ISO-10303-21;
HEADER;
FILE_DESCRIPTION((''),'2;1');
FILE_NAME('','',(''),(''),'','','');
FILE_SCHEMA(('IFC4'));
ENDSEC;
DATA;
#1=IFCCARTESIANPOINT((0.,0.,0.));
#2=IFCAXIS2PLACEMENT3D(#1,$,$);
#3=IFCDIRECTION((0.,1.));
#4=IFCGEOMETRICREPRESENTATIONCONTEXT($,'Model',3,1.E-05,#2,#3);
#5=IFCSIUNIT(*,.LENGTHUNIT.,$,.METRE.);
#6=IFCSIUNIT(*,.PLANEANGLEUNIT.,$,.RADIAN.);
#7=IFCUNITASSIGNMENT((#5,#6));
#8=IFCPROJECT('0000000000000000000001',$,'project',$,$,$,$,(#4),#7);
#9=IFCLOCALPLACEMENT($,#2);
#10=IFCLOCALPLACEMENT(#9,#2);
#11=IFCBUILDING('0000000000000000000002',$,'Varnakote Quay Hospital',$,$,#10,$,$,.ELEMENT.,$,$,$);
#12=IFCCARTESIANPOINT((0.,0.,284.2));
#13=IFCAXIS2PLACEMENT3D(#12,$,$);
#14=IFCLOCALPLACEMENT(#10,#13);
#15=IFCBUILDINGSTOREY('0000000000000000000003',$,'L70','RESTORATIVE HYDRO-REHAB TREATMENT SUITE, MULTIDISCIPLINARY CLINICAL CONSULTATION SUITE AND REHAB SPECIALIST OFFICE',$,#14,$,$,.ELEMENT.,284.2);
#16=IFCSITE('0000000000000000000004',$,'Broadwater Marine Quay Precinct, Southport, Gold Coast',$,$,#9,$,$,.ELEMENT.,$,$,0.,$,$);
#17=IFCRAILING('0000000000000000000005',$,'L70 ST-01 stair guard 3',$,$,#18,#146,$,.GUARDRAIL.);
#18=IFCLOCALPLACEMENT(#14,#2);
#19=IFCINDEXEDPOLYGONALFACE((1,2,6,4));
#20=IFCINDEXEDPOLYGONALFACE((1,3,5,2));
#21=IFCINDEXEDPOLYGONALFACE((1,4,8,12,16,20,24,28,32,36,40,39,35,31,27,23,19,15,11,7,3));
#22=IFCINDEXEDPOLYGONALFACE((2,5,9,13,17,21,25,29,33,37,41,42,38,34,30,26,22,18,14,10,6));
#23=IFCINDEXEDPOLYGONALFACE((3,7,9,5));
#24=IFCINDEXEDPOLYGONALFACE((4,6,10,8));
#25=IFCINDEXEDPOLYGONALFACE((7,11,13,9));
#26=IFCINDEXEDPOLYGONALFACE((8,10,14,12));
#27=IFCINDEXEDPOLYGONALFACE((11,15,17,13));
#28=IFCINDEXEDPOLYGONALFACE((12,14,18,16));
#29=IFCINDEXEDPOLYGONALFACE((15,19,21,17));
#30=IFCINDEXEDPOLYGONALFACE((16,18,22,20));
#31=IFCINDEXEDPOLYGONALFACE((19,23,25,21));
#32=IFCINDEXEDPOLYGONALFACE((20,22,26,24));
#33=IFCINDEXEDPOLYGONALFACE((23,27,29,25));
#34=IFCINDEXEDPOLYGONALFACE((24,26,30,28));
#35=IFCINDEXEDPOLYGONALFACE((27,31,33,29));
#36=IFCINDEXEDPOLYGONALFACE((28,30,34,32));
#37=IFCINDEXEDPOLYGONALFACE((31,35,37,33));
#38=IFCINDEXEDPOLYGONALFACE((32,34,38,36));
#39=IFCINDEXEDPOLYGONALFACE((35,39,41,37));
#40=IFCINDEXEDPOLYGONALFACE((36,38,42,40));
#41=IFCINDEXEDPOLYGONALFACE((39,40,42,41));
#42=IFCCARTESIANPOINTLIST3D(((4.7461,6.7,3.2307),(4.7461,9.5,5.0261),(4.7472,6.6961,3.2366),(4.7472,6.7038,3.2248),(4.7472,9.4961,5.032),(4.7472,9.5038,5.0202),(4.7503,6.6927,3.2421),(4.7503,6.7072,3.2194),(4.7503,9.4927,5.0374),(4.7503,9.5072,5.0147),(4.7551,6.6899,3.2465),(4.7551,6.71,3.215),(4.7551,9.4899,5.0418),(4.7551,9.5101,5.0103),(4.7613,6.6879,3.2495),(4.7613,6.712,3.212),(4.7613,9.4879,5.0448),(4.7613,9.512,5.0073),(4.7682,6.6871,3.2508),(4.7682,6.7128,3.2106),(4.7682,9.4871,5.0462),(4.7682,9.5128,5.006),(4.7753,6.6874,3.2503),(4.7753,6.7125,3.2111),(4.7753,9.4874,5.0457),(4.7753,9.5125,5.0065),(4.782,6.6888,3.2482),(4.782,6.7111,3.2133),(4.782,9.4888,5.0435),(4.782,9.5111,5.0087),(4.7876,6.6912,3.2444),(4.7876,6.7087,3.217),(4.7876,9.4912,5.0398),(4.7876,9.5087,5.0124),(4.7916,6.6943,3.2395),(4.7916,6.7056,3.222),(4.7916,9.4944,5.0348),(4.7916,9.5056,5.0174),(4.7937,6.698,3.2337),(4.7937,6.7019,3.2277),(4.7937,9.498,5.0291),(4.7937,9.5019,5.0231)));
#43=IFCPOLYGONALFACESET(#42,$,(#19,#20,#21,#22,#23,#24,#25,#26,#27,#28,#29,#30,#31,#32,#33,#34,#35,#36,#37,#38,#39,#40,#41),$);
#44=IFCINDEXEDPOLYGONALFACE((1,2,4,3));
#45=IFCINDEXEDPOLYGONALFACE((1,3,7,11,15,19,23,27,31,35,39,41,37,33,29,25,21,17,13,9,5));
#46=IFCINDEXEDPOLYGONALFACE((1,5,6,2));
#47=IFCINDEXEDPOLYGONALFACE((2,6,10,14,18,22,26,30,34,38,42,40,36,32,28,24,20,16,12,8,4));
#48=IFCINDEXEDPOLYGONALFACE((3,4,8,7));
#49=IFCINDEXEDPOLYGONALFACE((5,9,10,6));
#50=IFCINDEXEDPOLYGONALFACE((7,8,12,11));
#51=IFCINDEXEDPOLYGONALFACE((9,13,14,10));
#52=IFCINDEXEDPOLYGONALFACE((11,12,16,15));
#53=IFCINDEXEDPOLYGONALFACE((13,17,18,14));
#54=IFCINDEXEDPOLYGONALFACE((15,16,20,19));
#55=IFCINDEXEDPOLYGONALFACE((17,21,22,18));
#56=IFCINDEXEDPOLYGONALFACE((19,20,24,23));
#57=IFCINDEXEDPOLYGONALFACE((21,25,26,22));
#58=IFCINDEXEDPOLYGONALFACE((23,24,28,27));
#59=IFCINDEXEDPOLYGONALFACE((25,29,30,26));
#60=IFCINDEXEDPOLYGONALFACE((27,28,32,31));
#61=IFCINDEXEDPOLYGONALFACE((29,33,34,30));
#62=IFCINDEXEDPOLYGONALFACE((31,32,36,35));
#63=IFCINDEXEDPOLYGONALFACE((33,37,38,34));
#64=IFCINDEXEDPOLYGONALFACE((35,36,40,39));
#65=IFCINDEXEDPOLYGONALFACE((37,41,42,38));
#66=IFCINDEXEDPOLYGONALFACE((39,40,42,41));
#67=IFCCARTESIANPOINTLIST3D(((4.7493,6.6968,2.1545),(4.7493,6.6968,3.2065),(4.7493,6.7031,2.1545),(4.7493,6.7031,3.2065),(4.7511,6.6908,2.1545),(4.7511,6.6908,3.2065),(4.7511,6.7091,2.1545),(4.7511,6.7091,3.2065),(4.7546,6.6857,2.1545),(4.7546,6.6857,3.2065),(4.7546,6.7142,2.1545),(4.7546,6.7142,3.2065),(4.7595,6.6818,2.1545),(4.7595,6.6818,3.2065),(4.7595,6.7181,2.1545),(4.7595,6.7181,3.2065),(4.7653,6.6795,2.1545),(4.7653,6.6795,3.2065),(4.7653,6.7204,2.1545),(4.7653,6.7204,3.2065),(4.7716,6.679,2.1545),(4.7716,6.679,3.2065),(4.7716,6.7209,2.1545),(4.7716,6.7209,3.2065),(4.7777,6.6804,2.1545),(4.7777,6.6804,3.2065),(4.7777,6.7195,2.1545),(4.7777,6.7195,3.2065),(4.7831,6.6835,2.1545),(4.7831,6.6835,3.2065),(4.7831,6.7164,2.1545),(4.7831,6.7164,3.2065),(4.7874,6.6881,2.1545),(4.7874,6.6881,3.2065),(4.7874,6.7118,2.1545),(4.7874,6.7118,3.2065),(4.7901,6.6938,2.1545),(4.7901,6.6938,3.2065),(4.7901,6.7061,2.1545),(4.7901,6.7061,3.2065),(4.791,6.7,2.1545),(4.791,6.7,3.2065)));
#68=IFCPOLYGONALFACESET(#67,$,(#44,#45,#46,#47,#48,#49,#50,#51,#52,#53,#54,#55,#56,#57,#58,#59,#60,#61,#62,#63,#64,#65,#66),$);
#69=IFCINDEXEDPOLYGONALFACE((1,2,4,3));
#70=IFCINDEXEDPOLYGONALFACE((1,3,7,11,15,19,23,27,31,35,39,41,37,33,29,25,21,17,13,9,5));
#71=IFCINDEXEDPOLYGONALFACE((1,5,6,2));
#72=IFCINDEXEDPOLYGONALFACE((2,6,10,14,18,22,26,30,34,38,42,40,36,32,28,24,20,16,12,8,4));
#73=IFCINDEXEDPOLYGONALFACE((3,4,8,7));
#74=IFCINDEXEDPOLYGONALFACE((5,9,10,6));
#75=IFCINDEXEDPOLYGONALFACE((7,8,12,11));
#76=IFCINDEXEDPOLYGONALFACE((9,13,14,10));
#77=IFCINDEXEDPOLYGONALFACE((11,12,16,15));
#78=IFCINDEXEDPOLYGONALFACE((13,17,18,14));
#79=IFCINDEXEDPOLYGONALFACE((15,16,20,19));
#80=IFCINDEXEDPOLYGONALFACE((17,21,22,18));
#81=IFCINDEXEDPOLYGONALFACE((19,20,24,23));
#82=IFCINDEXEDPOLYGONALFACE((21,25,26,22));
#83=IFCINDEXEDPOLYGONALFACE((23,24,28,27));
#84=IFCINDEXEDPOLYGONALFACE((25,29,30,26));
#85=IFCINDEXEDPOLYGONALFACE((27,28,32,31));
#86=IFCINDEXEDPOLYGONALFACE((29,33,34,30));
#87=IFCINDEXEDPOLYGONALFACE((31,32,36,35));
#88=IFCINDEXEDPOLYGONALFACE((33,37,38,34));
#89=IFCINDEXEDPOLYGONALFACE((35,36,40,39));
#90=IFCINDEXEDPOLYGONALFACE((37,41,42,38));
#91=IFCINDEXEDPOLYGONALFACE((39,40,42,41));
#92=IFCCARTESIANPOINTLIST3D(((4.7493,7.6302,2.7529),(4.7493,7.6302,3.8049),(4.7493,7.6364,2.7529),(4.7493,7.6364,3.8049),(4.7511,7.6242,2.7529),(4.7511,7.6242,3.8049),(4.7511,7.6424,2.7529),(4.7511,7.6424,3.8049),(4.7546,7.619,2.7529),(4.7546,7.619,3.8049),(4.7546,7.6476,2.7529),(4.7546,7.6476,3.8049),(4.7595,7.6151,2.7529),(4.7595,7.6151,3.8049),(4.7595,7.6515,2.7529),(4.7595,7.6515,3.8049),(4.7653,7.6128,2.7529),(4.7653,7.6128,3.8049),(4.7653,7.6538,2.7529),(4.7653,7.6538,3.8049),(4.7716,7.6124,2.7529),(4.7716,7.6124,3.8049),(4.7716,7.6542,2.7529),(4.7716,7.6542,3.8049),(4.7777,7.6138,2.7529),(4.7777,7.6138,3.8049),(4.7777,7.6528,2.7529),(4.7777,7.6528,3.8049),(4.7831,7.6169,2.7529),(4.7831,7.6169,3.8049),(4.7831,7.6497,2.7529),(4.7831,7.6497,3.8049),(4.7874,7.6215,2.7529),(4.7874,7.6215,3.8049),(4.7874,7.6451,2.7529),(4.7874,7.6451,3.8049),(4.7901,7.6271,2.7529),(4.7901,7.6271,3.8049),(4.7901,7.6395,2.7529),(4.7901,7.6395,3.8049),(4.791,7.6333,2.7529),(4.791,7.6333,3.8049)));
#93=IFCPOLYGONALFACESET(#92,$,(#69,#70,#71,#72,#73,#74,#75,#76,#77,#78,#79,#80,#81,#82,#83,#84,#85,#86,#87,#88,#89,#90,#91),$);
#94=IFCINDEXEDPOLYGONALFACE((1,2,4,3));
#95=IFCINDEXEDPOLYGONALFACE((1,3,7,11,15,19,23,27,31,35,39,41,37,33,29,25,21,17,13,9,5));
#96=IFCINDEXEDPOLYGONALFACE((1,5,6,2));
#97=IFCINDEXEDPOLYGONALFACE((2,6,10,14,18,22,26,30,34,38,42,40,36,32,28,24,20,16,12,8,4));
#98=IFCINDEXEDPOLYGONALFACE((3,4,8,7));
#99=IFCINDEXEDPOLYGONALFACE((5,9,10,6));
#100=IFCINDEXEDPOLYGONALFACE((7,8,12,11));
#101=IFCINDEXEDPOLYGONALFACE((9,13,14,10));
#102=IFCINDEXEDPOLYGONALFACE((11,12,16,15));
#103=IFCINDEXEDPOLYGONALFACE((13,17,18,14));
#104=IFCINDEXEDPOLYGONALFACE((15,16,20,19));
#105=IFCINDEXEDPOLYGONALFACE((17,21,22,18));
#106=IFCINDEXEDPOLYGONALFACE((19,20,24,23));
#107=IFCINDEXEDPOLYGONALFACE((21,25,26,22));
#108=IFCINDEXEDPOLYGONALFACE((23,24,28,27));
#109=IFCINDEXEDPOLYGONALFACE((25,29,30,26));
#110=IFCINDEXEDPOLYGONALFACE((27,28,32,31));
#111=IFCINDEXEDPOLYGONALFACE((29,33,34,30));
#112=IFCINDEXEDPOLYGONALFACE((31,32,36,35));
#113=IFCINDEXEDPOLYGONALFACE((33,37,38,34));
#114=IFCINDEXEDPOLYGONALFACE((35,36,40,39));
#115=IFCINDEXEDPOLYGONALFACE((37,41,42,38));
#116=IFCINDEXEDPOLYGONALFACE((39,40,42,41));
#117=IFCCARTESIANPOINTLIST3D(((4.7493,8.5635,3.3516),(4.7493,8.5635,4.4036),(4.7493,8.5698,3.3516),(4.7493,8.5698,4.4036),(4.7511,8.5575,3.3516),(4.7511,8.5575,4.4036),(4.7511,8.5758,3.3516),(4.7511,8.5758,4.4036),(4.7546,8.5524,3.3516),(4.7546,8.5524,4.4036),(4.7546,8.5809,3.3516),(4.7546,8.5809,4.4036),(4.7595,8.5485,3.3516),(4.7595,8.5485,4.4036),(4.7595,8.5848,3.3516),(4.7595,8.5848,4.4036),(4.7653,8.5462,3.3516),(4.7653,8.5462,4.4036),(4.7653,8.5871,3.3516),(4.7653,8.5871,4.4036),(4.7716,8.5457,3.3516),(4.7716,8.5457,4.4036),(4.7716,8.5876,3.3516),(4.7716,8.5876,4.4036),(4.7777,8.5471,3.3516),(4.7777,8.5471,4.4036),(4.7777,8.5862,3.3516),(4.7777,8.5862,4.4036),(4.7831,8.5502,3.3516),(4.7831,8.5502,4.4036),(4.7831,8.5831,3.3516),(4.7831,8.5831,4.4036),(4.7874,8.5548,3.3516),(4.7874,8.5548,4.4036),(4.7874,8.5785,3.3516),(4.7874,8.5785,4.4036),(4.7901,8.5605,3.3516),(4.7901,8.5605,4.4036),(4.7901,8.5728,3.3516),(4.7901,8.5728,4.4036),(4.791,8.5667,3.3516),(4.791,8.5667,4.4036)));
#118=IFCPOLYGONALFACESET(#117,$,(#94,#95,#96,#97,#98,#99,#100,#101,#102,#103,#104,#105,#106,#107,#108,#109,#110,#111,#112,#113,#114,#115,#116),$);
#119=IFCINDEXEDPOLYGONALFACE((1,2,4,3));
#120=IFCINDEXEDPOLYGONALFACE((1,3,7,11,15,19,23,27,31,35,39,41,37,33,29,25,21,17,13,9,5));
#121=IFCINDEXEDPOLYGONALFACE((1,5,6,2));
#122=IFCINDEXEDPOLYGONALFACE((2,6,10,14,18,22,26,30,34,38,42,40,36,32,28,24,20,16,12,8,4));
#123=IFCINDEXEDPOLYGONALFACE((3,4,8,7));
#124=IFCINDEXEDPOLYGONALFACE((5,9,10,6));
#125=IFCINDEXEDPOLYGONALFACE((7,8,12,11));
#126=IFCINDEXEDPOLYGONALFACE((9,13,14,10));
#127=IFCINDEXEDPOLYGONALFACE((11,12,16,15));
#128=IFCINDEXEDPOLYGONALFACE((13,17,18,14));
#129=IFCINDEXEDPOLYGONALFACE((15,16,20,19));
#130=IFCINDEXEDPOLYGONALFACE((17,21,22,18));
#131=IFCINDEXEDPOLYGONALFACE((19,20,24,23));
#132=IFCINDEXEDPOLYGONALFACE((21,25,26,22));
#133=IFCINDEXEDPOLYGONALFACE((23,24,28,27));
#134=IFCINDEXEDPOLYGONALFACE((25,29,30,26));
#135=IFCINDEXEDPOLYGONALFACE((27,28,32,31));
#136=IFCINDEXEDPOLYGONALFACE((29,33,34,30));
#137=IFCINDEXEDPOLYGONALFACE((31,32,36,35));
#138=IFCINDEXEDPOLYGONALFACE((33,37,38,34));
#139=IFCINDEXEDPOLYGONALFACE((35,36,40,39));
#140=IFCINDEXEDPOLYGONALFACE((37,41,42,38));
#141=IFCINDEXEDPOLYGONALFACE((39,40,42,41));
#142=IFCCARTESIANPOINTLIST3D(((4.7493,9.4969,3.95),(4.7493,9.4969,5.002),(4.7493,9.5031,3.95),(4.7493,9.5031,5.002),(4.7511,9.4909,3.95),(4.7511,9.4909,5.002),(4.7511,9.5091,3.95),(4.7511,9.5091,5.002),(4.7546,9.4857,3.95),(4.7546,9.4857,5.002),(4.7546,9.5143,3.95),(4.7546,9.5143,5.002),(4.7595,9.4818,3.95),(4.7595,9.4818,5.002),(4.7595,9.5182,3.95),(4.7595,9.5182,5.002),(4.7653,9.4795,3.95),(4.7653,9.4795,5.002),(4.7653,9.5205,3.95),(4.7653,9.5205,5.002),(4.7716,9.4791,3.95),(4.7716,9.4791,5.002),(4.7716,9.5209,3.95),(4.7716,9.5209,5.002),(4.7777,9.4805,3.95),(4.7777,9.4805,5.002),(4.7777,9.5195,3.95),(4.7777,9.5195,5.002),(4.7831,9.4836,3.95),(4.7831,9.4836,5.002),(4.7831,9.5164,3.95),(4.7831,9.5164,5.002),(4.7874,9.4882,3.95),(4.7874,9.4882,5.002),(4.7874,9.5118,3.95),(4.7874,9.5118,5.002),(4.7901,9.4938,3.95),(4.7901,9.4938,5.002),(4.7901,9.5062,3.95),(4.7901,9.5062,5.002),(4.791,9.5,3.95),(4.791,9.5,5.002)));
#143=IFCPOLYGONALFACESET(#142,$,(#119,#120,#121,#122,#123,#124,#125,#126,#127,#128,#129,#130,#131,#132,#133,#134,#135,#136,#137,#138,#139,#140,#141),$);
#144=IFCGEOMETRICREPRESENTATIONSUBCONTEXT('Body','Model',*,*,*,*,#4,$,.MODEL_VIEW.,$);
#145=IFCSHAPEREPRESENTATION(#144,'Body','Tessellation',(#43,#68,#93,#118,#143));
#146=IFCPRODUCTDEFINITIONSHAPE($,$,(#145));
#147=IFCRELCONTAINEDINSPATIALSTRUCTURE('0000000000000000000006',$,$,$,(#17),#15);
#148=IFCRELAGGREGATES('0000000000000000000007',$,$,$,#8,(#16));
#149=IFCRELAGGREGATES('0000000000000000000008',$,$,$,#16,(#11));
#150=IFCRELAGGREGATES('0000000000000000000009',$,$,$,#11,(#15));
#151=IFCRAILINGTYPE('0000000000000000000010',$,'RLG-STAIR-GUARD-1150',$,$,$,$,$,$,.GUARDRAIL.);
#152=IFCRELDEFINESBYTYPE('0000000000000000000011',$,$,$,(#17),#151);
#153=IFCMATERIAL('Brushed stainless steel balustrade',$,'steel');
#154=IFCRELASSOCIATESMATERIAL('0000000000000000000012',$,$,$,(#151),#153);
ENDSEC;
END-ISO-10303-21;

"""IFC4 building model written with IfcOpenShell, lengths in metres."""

from ifc_helpers import new_model, si_unit, direction, frame, origin, origin_2d, place, context, subcontext, project, spatial, circle, extrude, material, type_object, element, save


model = new_model("IFC4")

# Units and contexts
model_context = context("Model", 3, precision=1e-05, world=origin(), true_north=direction((0.0, 1.0)))
body_context = subcontext(model_context, "Body", "Model", "MODEL_VIEW")
ifc_project = project(units=[si_unit("LENGTHUNIT", "METRE"), si_unit("PLANEANGLEUNIT", "RADIAN")], contexts=[model_context])

# Site, building, storey
site_placement = place(None, origin())
site = spatial("IfcSite", under=ifc_project, at=site_placement, Name="Broadwater Marine Quay Precinct, Southport, Gold Coast", CompositionType="ELEMENT", RefElevation=0.0)
building_placement = place(site_placement, origin())
building = spatial("IfcBuilding", under=site, at=building_placement, Name="Varnakote Quay Hospital", CompositionType="ELEMENT")
storey_placement = place(building_placement, frame((0.0, 0.0, 284.2)))
storey = spatial("IfcBuildingStorey", under=building, at=storey_placement, Name="L70", Description="RESTORATIVE HYDRO-REHAB TREATMENT SUITE, MULTIDISCIPLINARY CLINICAL CONSULTATION SUITE AND REHAB SPECIALIST OFFICE", CompositionType="ELEMENT", Elevation=284.2)

# Railing
ifc_material_1 = material(Name="Brushed stainless steel balustrade", Category="steel")
railing_type_1 = type_object("IfcRailingType", Name="RLG-STAIR-GUARD-1150", PredefinedType="GUARDRAIL", material=ifc_material_1)
railing_1_placement = place(storey_placement, frame((4.77, 6.7, 2.1545)))
element("IfcRailing", 1, at=railing_1_placement, inside=storey, type_object=railing_type_1, Name="L70 ST-01 stair guard 3", PredefinedType="GUARDRAIL", context=body_context, shape_type="SweptSolid", body=[
    extrude(circle(Radius=0.0239, at=origin_2d()), frame((0.0, 0.0, 1.0762), z_axis=(0.0, 0.84181, 0.539774), x_axis=(-1.0, 0.0, 0.0)), (0.0, 0.0, 1.0), 3.3262),
    extrude(circle(Radius=0.021, at=origin_2d()), origin(), (0.0, 0.0, 1.0), 1.052),
    extrude(circle(Radius=0.021, at=origin_2d()), frame((0.0, 0.9333, 0.5984)), (0.0, 0.0, 1.0), 1.052),
    extrude(circle(Radius=0.021, at=origin_2d()), frame((0.0, 1.8667, 1.197)), (0.0, 0.0, 1.0), 1.052),
    extrude(circle(Radius=0.021, at=origin_2d()), frame((0.0, 2.8, 1.7954)), (0.0, 0.0, 1.0), 1.052),
])

save(model, "model.ifc")
